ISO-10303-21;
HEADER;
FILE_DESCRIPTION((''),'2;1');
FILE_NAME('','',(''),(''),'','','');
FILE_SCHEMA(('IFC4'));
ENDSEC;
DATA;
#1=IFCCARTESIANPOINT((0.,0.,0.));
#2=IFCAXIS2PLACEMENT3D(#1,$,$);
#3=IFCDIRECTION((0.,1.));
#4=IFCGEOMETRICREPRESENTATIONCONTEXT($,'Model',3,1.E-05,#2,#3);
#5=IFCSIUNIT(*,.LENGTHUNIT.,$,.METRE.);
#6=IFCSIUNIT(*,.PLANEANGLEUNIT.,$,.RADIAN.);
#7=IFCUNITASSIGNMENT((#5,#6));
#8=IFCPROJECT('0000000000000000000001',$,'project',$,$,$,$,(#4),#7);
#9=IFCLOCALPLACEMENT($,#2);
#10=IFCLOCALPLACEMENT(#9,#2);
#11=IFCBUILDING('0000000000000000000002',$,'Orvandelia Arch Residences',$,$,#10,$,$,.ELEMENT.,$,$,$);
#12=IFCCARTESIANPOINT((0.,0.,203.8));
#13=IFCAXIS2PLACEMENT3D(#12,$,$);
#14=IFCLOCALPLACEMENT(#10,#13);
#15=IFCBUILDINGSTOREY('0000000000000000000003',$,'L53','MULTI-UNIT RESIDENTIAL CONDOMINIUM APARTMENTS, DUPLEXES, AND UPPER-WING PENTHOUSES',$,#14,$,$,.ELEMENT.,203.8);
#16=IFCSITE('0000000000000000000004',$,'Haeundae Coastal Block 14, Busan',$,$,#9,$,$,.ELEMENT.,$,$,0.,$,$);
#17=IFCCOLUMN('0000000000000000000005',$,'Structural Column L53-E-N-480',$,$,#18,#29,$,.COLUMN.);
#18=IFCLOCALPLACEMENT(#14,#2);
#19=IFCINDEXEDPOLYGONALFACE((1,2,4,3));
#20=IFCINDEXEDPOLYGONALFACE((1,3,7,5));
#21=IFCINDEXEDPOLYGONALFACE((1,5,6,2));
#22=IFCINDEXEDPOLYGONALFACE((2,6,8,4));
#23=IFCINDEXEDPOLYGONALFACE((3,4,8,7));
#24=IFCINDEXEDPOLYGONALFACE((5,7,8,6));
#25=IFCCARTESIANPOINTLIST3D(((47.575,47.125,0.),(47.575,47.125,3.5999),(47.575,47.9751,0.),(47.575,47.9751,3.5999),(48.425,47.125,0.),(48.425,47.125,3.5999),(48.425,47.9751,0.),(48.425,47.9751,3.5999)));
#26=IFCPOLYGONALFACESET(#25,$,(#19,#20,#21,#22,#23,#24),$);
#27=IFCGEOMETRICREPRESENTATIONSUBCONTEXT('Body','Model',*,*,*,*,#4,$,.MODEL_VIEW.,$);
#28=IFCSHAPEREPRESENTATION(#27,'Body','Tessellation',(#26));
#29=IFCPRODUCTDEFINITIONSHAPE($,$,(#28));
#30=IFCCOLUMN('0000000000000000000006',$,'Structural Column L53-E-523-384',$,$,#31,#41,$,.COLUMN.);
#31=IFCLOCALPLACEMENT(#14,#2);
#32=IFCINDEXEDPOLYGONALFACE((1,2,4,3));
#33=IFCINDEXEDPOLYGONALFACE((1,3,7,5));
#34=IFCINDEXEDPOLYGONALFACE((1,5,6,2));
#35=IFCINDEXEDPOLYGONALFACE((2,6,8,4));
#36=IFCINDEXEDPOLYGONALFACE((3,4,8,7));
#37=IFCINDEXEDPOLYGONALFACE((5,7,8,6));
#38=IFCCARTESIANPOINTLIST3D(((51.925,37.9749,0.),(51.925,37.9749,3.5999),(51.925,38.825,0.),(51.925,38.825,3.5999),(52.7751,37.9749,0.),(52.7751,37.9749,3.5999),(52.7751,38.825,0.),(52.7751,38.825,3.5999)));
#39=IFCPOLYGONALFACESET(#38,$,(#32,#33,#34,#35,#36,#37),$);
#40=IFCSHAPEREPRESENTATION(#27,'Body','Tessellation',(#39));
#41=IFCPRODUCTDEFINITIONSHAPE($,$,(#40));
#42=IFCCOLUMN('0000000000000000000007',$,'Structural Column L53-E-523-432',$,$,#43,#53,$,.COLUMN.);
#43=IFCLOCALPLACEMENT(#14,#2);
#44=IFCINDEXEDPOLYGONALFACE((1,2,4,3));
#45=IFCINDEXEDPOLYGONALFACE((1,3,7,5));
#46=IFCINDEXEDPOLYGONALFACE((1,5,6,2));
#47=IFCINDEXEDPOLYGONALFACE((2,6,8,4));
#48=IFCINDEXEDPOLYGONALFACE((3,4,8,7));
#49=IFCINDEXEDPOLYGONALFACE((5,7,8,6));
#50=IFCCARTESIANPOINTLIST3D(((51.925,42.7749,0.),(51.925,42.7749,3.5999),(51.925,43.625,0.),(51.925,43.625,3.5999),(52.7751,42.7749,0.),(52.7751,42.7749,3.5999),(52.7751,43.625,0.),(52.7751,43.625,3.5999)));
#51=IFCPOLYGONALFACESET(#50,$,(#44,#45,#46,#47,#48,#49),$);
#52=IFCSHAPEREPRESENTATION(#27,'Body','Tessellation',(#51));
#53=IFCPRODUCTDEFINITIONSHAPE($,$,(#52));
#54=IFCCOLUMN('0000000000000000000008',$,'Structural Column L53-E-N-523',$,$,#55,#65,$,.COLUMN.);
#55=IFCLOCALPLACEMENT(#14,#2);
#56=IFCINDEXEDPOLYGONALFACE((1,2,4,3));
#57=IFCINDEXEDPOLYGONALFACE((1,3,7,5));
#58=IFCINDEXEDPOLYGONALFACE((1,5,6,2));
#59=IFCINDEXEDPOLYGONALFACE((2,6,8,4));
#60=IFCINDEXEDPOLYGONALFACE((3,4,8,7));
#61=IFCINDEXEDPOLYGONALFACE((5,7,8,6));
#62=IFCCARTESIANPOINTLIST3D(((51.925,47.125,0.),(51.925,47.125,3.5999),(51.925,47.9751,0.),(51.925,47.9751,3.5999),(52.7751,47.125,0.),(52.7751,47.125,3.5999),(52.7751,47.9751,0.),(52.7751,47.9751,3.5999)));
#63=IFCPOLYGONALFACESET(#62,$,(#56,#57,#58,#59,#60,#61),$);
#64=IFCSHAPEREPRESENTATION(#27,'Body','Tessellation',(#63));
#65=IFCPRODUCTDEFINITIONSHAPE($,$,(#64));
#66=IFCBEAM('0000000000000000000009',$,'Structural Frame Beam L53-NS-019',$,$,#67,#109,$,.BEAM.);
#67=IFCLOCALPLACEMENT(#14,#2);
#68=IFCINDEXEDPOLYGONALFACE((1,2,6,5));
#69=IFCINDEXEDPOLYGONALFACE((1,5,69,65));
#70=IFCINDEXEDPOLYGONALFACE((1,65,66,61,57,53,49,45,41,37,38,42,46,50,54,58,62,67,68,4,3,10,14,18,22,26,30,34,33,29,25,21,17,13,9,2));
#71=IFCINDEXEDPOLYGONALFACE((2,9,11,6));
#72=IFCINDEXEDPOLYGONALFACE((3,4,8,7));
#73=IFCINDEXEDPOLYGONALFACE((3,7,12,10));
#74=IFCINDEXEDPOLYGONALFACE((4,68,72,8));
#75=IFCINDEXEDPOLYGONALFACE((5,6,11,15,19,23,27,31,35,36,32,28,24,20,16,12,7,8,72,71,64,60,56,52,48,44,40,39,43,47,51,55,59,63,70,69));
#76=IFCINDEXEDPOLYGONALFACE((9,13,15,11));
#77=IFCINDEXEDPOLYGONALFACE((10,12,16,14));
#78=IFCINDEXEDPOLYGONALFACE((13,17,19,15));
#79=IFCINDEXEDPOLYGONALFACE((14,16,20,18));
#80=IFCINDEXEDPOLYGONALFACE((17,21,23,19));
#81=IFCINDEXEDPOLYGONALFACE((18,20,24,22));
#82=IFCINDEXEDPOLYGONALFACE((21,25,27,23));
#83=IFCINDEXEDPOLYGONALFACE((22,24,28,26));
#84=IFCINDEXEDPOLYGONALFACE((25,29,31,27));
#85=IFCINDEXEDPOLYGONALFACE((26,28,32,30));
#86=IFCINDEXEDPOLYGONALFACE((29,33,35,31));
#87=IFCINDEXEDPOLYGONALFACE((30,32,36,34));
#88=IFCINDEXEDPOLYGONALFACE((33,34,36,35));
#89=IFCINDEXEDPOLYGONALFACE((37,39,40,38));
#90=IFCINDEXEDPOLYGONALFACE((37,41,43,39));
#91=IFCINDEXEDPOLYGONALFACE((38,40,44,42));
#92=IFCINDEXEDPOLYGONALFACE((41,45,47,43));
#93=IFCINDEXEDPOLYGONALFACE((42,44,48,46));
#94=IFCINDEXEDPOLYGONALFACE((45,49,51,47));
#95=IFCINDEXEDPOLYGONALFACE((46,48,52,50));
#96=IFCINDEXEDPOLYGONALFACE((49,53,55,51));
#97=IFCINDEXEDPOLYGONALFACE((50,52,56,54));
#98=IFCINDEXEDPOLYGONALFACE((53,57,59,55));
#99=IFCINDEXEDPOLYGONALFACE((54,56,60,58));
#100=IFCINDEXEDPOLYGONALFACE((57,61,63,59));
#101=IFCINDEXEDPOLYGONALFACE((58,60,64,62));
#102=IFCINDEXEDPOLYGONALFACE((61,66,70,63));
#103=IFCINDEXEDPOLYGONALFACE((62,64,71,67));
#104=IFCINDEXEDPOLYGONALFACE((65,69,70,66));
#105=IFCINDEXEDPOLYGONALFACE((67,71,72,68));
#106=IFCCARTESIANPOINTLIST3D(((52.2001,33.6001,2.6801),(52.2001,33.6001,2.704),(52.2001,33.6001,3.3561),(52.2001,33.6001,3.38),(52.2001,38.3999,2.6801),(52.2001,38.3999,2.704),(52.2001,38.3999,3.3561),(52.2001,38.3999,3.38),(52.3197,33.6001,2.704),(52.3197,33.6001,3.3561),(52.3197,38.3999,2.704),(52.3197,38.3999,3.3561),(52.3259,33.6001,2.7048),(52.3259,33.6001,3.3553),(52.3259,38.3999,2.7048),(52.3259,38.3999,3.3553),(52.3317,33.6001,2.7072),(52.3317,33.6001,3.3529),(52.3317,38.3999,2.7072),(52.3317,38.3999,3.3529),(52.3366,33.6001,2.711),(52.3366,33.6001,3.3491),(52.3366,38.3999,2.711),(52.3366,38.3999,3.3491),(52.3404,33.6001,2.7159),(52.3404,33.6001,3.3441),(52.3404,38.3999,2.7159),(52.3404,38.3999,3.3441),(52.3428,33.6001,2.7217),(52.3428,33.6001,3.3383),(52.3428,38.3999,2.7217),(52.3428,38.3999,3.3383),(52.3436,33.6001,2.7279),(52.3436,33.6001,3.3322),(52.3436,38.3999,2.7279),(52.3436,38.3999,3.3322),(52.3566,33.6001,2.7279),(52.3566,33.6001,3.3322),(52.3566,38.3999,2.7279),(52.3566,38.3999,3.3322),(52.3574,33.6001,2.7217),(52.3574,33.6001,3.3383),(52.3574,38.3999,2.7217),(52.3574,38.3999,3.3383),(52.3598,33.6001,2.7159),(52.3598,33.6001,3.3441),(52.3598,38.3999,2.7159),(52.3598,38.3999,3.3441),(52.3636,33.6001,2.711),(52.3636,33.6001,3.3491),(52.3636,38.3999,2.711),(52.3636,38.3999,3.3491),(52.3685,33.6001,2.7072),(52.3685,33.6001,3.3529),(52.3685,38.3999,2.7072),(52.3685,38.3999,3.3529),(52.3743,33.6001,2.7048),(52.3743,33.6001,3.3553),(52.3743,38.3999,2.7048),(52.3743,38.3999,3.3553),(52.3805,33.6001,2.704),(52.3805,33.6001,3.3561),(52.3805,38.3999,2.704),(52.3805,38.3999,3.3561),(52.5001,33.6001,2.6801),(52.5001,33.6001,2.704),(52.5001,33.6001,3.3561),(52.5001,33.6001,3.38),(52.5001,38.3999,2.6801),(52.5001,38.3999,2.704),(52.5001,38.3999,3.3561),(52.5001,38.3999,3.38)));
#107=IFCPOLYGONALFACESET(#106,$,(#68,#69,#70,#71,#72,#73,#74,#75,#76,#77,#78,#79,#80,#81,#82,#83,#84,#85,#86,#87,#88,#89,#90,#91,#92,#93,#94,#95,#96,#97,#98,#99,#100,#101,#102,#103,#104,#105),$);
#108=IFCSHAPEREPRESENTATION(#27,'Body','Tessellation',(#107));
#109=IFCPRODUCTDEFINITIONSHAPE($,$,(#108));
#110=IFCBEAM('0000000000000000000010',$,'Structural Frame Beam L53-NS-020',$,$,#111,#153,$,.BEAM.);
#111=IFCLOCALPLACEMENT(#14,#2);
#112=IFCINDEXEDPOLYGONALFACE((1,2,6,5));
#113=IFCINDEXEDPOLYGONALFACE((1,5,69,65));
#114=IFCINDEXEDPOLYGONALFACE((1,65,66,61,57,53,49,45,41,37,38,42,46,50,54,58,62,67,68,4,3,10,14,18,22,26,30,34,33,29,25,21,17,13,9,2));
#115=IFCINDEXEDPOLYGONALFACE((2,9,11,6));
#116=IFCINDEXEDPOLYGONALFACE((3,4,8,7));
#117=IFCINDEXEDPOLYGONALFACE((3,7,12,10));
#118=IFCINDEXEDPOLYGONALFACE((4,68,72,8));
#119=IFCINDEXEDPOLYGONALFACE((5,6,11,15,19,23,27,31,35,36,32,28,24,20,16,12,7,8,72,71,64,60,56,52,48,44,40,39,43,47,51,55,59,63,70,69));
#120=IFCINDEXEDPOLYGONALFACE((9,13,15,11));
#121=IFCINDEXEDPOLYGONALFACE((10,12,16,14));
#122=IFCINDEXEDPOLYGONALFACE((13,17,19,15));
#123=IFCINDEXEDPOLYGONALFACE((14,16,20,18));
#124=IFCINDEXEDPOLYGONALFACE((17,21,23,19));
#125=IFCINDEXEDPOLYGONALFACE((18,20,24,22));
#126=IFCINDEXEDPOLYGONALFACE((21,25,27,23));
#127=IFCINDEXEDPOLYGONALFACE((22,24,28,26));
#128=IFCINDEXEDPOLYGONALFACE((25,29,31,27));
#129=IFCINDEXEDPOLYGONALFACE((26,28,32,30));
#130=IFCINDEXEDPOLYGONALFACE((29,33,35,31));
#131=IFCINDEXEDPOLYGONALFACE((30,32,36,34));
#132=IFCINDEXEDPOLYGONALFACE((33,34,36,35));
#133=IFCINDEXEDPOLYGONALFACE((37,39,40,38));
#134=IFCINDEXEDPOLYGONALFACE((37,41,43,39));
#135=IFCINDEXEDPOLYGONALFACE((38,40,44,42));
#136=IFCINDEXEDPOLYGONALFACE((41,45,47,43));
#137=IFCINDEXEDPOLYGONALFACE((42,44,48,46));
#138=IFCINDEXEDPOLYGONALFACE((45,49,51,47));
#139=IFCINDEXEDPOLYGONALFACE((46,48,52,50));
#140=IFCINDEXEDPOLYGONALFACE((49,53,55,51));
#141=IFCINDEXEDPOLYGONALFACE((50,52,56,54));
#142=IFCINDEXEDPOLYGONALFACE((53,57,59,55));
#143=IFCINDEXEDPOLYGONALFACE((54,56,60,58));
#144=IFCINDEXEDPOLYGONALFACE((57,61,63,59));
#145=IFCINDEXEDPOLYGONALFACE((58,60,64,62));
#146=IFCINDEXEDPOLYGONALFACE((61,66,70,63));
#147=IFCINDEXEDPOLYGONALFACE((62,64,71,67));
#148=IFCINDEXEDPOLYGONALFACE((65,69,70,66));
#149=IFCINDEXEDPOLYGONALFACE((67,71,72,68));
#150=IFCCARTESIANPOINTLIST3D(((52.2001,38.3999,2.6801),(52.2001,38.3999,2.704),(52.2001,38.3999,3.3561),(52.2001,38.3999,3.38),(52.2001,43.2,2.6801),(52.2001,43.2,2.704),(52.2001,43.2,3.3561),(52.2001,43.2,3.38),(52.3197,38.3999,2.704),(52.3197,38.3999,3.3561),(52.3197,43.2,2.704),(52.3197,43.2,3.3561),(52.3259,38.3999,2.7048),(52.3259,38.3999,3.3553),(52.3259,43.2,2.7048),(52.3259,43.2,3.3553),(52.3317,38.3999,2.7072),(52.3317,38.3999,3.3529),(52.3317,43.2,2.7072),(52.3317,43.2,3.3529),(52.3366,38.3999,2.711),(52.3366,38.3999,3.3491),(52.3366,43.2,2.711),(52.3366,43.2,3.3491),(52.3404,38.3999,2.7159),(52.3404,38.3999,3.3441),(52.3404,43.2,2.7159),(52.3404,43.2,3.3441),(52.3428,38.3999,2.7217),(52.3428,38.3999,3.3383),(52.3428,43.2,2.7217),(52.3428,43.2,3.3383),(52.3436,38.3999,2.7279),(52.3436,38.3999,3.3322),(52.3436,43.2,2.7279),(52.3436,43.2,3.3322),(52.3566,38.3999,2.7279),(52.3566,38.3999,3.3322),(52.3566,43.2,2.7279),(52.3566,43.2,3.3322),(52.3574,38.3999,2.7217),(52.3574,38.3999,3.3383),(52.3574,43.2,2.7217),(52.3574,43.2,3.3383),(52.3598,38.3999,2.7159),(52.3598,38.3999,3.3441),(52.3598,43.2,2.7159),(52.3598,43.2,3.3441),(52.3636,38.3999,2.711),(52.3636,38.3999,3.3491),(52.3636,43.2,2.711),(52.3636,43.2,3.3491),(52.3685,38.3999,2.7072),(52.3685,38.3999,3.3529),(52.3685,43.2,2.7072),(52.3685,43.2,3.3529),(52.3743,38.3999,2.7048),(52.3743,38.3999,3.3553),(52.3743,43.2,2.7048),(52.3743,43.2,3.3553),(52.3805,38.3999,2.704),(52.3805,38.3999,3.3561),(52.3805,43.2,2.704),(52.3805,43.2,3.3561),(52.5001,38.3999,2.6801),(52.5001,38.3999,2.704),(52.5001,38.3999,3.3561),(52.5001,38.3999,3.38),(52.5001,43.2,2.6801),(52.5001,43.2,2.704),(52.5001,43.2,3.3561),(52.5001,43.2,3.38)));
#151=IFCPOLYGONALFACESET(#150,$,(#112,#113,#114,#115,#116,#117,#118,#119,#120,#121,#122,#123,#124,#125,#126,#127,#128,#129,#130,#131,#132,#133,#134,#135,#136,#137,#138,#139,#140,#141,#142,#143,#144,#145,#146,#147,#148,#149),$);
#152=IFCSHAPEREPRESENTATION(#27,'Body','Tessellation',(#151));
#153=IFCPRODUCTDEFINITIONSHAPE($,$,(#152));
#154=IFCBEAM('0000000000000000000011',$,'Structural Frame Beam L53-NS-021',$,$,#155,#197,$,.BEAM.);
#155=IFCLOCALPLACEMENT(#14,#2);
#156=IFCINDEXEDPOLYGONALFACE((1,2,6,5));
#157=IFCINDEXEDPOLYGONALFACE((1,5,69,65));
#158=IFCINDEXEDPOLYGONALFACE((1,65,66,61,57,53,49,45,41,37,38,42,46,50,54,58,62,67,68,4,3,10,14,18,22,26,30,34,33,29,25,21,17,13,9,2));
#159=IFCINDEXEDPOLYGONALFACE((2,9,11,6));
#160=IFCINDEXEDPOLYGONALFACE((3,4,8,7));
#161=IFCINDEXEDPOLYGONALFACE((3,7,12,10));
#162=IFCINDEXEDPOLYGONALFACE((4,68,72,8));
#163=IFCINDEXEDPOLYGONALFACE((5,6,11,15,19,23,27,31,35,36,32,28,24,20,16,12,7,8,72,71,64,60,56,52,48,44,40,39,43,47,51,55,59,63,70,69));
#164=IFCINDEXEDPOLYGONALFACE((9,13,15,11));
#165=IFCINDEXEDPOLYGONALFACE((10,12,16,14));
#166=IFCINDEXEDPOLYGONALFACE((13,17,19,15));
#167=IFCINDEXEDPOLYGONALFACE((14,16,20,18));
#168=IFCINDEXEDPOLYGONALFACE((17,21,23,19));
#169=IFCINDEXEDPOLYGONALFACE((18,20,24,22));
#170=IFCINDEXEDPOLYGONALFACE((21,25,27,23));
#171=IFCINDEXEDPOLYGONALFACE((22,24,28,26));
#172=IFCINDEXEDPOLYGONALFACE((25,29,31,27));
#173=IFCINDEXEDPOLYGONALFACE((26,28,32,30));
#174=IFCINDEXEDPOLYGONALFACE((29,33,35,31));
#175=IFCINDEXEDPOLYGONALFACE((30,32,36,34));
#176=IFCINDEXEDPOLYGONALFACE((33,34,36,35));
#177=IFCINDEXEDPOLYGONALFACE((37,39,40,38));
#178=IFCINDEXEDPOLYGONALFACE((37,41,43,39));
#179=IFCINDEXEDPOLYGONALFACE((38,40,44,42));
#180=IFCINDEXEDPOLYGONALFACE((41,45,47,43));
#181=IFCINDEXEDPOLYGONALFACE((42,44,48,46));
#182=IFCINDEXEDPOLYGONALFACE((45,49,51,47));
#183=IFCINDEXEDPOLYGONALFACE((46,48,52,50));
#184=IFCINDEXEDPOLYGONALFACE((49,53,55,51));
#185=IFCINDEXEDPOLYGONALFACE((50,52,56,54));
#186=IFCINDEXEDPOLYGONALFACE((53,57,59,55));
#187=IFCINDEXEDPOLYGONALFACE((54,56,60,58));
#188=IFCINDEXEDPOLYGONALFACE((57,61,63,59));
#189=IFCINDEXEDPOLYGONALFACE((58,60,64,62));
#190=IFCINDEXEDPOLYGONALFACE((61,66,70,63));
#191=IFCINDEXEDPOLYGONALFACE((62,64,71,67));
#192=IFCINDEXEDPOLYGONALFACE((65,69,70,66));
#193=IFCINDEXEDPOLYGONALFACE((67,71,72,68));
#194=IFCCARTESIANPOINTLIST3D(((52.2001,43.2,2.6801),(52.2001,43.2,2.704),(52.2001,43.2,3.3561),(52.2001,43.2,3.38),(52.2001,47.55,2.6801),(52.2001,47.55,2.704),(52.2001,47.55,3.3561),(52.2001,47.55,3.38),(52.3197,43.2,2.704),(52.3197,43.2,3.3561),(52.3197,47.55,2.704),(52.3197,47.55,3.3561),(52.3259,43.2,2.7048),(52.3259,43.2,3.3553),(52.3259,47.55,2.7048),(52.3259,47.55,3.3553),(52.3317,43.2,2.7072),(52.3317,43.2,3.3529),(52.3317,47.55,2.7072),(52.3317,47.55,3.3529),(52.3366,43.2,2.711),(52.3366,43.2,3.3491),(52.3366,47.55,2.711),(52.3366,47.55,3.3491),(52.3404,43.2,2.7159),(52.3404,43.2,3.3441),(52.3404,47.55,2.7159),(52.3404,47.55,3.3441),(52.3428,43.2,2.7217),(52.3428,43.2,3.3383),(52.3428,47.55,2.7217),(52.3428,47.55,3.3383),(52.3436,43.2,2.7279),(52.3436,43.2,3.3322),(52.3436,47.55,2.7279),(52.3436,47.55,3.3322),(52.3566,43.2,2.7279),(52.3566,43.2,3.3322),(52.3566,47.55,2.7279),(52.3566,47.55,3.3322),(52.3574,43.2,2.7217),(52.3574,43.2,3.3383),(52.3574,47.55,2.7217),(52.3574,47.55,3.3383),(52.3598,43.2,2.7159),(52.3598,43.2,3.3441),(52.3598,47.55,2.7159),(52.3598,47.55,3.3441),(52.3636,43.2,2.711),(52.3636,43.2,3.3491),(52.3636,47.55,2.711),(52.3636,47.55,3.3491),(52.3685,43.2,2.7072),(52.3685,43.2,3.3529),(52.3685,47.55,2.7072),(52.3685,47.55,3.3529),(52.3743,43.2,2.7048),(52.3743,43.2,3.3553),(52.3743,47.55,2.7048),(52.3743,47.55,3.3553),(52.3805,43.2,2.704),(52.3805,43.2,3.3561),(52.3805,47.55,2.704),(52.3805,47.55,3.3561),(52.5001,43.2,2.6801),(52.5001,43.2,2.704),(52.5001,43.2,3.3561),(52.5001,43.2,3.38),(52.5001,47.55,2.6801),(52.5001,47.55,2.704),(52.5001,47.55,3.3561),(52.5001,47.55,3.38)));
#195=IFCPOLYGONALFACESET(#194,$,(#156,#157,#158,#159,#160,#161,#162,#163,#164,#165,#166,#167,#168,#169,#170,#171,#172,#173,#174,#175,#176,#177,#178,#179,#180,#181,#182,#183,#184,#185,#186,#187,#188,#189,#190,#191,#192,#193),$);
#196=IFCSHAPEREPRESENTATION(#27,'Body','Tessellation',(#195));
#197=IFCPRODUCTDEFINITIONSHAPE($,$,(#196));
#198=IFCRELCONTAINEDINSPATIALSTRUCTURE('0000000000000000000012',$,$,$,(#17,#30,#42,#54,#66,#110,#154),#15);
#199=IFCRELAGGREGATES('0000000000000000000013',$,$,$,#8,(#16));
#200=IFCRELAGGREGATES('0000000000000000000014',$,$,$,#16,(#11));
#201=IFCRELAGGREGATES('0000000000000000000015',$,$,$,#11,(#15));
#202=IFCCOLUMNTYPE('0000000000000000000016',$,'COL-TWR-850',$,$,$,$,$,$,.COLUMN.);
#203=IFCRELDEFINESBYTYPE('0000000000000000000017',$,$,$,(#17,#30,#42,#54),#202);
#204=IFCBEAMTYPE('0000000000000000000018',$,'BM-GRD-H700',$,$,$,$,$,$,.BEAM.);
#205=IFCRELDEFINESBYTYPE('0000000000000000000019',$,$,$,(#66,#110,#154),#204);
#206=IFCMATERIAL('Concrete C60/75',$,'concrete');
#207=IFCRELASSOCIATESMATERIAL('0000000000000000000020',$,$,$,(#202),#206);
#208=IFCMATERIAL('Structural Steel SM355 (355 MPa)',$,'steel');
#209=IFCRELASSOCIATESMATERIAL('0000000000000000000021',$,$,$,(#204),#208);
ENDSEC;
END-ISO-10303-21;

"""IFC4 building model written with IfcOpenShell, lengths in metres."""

from ifc_helpers import new_model, si_unit, direction, frame, origin, origin_2d, place, context, subcontext, project, spatial, rectangle, i_section, extrude, material, material_profile, profile_set, type_object, element, save


model = new_model("IFC4")

# Units and contexts
model_context = context("Model", 3, precision=1e-05, world=origin(), true_north=direction((0.0, 1.0)))
body_context = subcontext(model_context, "Body", "Model", "MODEL_VIEW")
ifc_project = project(units=[si_unit("LENGTHUNIT", "METRE"), si_unit("PLANEANGLEUNIT", "RADIAN")], contexts=[model_context])

# Site, building, storey
site_placement = place(None, origin())
site = spatial("IfcSite", under=ifc_project, at=site_placement, Name="Haeundae Coastal Block 14, Busan", CompositionType="ELEMENT", RefElevation=0.0)
building_placement = place(site_placement, origin())
building = spatial("IfcBuilding", under=site, at=building_placement, Name="Orvandelia Arch Residences", CompositionType="ELEMENT")
storey_placement = place(building_placement, frame((0.0, 0.0, 203.8)))
storey = spatial("IfcBuildingStorey", under=building, at=storey_placement, Name="L53", Description="MULTI-UNIT RESIDENTIAL CONDOMINIUM APARTMENTS, DUPLEXES, AND UPPER-WING PENTHOUSES", CompositionType="ELEMENT", Elevation=203.8)

# Columns
ifc_material_1 = material(Name="Concrete C60/75", Category="concrete")
ifc_material_profile_1 = material_profile(ifc_material_1, rectangle(XDim=0.8501, YDim=0.8501, at=origin_2d()), Name="Concrete C60/75", Category="concrete")
ifc_profile_set_1 = profile_set([ifc_material_profile_1], Name="Concrete C60/75")
column_type = type_object("IfcColumnType", Name="COL-TWR-850", PredefinedType="COLUMN", material=ifc_profile_set_1)
for number, where, z_axis, x_axis, name in (
    (1, (48.0, 47.55, 0.0), (0.0, 0.0, 1.0), (1.0, 0.0, 0.0), "Structural Column L53-E-N-480"),
    (2, (52.3501, 38.3999, 0.0), (0.0, 0.0, 1.0), (1.0, 0.0, 0.0), "Structural Column L53-E-523-384"),
    (3, (52.3501, 43.2, 0.0), (0.0, 0.0, 1.0), (1.0, 0.0, 0.0), "Structural Column L53-E-523-432"),
    (4, (52.3501, 47.55, 0.0), (0.0, 0.0, 1.0), (1.0, 0.0, 0.0), "Structural Column L53-E-N-523"),
):
    element("IfcColumn", number, at=place(storey_placement, frame(where, z_axis=z_axis, x_axis=x_axis)), inside=storey, type_object=column_type, Name=name, PredefinedType="COLUMN", context=body_context, shape_type="SweptSolid", body=[
        extrude(rectangle(XDim=0.8501, YDim=0.8501, at=origin_2d()), origin(), (0.0, 0.0, 1.0), 3.5999),
    ])

# Beams
ifc_material_2 = material(Name="Structural Steel SM355 (355 MPa)", Category="steel")
ifc_material_profile_2 = material_profile(ifc_material_2, i_section(OverallWidth=0.3, OverallDepth=0.7, WebThickness=0.0129, FlangeThickness=0.0239, FilletRadius=0.0239, at=origin_2d()), Name="Structural Steel SM355 (355 MPa)", Category="steel")
ifc_profile_set_2 = profile_set([ifc_material_profile_2], Name="Structural Steel SM355 (355 MPa)")
beam_type = type_object("IfcBeamType", Name="BM-GRD-H700", PredefinedType="BEAM", material=ifc_profile_set_2)
beam_1_placement = place(storey_placement, frame((52.3501, 33.6001, 3.03), z_axis=(0.0, 1.0, 0.0), x_axis=(-1.0, 0.0, 0.0)))
element("IfcBeam", 5, at=beam_1_placement, inside=storey, type_object=beam_type, Name="Structural Frame Beam L53-NS-019", PredefinedType="BEAM", context=body_context, shape_type="SweptSolid", body=[
    extrude(i_section(OverallWidth=0.3, OverallDepth=0.7, WebThickness=0.0129, FlangeThickness=0.0239, FilletRadius=0.0239, at=origin_2d()), origin(), (0.0, 0.0, 1.0), 4.7998),
])
beam_2_placement = place(storey_placement, frame((52.3501, 38.3999, 3.03), z_axis=(0.0, 1.0, 0.0), x_axis=(-1.0, 0.0, 0.0)))
element("IfcBeam", 6, at=beam_2_placement, inside=storey, type_object=beam_type, Name="Structural Frame Beam L53-NS-020", PredefinedType="BEAM", context=body_context, shape_type="SweptSolid", body=[
    extrude(i_section(OverallWidth=0.3, OverallDepth=0.7, WebThickness=0.0129, FlangeThickness=0.0239, FilletRadius=0.0239, at=origin_2d()), origin(), (0.0, 0.0, 1.0), 4.8),
])
for number, where, z_axis, x_axis, name in (
    (7, (52.3501, 43.2, 3.03), (0.0, 1.0, 0.0), (-1.0, 0.0, 0.0), "Structural Frame Beam L53-NS-021"),
):
    element("IfcBeam", number, at=place(storey_placement, frame(where, z_axis=z_axis, x_axis=x_axis)), inside=storey, type_object=beam_type, Name=name, PredefinedType="BEAM", context=body_context, shape_type="SweptSolid", body=[
        extrude(i_section(OverallWidth=0.3, OverallDepth=0.7, WebThickness=0.0129, FlangeThickness=0.0239, FilletRadius=0.0239, at=origin_2d()), origin(), (0.0, 0.0, 1.0), 4.3501),
    ])

save(model, "model.ifc")
